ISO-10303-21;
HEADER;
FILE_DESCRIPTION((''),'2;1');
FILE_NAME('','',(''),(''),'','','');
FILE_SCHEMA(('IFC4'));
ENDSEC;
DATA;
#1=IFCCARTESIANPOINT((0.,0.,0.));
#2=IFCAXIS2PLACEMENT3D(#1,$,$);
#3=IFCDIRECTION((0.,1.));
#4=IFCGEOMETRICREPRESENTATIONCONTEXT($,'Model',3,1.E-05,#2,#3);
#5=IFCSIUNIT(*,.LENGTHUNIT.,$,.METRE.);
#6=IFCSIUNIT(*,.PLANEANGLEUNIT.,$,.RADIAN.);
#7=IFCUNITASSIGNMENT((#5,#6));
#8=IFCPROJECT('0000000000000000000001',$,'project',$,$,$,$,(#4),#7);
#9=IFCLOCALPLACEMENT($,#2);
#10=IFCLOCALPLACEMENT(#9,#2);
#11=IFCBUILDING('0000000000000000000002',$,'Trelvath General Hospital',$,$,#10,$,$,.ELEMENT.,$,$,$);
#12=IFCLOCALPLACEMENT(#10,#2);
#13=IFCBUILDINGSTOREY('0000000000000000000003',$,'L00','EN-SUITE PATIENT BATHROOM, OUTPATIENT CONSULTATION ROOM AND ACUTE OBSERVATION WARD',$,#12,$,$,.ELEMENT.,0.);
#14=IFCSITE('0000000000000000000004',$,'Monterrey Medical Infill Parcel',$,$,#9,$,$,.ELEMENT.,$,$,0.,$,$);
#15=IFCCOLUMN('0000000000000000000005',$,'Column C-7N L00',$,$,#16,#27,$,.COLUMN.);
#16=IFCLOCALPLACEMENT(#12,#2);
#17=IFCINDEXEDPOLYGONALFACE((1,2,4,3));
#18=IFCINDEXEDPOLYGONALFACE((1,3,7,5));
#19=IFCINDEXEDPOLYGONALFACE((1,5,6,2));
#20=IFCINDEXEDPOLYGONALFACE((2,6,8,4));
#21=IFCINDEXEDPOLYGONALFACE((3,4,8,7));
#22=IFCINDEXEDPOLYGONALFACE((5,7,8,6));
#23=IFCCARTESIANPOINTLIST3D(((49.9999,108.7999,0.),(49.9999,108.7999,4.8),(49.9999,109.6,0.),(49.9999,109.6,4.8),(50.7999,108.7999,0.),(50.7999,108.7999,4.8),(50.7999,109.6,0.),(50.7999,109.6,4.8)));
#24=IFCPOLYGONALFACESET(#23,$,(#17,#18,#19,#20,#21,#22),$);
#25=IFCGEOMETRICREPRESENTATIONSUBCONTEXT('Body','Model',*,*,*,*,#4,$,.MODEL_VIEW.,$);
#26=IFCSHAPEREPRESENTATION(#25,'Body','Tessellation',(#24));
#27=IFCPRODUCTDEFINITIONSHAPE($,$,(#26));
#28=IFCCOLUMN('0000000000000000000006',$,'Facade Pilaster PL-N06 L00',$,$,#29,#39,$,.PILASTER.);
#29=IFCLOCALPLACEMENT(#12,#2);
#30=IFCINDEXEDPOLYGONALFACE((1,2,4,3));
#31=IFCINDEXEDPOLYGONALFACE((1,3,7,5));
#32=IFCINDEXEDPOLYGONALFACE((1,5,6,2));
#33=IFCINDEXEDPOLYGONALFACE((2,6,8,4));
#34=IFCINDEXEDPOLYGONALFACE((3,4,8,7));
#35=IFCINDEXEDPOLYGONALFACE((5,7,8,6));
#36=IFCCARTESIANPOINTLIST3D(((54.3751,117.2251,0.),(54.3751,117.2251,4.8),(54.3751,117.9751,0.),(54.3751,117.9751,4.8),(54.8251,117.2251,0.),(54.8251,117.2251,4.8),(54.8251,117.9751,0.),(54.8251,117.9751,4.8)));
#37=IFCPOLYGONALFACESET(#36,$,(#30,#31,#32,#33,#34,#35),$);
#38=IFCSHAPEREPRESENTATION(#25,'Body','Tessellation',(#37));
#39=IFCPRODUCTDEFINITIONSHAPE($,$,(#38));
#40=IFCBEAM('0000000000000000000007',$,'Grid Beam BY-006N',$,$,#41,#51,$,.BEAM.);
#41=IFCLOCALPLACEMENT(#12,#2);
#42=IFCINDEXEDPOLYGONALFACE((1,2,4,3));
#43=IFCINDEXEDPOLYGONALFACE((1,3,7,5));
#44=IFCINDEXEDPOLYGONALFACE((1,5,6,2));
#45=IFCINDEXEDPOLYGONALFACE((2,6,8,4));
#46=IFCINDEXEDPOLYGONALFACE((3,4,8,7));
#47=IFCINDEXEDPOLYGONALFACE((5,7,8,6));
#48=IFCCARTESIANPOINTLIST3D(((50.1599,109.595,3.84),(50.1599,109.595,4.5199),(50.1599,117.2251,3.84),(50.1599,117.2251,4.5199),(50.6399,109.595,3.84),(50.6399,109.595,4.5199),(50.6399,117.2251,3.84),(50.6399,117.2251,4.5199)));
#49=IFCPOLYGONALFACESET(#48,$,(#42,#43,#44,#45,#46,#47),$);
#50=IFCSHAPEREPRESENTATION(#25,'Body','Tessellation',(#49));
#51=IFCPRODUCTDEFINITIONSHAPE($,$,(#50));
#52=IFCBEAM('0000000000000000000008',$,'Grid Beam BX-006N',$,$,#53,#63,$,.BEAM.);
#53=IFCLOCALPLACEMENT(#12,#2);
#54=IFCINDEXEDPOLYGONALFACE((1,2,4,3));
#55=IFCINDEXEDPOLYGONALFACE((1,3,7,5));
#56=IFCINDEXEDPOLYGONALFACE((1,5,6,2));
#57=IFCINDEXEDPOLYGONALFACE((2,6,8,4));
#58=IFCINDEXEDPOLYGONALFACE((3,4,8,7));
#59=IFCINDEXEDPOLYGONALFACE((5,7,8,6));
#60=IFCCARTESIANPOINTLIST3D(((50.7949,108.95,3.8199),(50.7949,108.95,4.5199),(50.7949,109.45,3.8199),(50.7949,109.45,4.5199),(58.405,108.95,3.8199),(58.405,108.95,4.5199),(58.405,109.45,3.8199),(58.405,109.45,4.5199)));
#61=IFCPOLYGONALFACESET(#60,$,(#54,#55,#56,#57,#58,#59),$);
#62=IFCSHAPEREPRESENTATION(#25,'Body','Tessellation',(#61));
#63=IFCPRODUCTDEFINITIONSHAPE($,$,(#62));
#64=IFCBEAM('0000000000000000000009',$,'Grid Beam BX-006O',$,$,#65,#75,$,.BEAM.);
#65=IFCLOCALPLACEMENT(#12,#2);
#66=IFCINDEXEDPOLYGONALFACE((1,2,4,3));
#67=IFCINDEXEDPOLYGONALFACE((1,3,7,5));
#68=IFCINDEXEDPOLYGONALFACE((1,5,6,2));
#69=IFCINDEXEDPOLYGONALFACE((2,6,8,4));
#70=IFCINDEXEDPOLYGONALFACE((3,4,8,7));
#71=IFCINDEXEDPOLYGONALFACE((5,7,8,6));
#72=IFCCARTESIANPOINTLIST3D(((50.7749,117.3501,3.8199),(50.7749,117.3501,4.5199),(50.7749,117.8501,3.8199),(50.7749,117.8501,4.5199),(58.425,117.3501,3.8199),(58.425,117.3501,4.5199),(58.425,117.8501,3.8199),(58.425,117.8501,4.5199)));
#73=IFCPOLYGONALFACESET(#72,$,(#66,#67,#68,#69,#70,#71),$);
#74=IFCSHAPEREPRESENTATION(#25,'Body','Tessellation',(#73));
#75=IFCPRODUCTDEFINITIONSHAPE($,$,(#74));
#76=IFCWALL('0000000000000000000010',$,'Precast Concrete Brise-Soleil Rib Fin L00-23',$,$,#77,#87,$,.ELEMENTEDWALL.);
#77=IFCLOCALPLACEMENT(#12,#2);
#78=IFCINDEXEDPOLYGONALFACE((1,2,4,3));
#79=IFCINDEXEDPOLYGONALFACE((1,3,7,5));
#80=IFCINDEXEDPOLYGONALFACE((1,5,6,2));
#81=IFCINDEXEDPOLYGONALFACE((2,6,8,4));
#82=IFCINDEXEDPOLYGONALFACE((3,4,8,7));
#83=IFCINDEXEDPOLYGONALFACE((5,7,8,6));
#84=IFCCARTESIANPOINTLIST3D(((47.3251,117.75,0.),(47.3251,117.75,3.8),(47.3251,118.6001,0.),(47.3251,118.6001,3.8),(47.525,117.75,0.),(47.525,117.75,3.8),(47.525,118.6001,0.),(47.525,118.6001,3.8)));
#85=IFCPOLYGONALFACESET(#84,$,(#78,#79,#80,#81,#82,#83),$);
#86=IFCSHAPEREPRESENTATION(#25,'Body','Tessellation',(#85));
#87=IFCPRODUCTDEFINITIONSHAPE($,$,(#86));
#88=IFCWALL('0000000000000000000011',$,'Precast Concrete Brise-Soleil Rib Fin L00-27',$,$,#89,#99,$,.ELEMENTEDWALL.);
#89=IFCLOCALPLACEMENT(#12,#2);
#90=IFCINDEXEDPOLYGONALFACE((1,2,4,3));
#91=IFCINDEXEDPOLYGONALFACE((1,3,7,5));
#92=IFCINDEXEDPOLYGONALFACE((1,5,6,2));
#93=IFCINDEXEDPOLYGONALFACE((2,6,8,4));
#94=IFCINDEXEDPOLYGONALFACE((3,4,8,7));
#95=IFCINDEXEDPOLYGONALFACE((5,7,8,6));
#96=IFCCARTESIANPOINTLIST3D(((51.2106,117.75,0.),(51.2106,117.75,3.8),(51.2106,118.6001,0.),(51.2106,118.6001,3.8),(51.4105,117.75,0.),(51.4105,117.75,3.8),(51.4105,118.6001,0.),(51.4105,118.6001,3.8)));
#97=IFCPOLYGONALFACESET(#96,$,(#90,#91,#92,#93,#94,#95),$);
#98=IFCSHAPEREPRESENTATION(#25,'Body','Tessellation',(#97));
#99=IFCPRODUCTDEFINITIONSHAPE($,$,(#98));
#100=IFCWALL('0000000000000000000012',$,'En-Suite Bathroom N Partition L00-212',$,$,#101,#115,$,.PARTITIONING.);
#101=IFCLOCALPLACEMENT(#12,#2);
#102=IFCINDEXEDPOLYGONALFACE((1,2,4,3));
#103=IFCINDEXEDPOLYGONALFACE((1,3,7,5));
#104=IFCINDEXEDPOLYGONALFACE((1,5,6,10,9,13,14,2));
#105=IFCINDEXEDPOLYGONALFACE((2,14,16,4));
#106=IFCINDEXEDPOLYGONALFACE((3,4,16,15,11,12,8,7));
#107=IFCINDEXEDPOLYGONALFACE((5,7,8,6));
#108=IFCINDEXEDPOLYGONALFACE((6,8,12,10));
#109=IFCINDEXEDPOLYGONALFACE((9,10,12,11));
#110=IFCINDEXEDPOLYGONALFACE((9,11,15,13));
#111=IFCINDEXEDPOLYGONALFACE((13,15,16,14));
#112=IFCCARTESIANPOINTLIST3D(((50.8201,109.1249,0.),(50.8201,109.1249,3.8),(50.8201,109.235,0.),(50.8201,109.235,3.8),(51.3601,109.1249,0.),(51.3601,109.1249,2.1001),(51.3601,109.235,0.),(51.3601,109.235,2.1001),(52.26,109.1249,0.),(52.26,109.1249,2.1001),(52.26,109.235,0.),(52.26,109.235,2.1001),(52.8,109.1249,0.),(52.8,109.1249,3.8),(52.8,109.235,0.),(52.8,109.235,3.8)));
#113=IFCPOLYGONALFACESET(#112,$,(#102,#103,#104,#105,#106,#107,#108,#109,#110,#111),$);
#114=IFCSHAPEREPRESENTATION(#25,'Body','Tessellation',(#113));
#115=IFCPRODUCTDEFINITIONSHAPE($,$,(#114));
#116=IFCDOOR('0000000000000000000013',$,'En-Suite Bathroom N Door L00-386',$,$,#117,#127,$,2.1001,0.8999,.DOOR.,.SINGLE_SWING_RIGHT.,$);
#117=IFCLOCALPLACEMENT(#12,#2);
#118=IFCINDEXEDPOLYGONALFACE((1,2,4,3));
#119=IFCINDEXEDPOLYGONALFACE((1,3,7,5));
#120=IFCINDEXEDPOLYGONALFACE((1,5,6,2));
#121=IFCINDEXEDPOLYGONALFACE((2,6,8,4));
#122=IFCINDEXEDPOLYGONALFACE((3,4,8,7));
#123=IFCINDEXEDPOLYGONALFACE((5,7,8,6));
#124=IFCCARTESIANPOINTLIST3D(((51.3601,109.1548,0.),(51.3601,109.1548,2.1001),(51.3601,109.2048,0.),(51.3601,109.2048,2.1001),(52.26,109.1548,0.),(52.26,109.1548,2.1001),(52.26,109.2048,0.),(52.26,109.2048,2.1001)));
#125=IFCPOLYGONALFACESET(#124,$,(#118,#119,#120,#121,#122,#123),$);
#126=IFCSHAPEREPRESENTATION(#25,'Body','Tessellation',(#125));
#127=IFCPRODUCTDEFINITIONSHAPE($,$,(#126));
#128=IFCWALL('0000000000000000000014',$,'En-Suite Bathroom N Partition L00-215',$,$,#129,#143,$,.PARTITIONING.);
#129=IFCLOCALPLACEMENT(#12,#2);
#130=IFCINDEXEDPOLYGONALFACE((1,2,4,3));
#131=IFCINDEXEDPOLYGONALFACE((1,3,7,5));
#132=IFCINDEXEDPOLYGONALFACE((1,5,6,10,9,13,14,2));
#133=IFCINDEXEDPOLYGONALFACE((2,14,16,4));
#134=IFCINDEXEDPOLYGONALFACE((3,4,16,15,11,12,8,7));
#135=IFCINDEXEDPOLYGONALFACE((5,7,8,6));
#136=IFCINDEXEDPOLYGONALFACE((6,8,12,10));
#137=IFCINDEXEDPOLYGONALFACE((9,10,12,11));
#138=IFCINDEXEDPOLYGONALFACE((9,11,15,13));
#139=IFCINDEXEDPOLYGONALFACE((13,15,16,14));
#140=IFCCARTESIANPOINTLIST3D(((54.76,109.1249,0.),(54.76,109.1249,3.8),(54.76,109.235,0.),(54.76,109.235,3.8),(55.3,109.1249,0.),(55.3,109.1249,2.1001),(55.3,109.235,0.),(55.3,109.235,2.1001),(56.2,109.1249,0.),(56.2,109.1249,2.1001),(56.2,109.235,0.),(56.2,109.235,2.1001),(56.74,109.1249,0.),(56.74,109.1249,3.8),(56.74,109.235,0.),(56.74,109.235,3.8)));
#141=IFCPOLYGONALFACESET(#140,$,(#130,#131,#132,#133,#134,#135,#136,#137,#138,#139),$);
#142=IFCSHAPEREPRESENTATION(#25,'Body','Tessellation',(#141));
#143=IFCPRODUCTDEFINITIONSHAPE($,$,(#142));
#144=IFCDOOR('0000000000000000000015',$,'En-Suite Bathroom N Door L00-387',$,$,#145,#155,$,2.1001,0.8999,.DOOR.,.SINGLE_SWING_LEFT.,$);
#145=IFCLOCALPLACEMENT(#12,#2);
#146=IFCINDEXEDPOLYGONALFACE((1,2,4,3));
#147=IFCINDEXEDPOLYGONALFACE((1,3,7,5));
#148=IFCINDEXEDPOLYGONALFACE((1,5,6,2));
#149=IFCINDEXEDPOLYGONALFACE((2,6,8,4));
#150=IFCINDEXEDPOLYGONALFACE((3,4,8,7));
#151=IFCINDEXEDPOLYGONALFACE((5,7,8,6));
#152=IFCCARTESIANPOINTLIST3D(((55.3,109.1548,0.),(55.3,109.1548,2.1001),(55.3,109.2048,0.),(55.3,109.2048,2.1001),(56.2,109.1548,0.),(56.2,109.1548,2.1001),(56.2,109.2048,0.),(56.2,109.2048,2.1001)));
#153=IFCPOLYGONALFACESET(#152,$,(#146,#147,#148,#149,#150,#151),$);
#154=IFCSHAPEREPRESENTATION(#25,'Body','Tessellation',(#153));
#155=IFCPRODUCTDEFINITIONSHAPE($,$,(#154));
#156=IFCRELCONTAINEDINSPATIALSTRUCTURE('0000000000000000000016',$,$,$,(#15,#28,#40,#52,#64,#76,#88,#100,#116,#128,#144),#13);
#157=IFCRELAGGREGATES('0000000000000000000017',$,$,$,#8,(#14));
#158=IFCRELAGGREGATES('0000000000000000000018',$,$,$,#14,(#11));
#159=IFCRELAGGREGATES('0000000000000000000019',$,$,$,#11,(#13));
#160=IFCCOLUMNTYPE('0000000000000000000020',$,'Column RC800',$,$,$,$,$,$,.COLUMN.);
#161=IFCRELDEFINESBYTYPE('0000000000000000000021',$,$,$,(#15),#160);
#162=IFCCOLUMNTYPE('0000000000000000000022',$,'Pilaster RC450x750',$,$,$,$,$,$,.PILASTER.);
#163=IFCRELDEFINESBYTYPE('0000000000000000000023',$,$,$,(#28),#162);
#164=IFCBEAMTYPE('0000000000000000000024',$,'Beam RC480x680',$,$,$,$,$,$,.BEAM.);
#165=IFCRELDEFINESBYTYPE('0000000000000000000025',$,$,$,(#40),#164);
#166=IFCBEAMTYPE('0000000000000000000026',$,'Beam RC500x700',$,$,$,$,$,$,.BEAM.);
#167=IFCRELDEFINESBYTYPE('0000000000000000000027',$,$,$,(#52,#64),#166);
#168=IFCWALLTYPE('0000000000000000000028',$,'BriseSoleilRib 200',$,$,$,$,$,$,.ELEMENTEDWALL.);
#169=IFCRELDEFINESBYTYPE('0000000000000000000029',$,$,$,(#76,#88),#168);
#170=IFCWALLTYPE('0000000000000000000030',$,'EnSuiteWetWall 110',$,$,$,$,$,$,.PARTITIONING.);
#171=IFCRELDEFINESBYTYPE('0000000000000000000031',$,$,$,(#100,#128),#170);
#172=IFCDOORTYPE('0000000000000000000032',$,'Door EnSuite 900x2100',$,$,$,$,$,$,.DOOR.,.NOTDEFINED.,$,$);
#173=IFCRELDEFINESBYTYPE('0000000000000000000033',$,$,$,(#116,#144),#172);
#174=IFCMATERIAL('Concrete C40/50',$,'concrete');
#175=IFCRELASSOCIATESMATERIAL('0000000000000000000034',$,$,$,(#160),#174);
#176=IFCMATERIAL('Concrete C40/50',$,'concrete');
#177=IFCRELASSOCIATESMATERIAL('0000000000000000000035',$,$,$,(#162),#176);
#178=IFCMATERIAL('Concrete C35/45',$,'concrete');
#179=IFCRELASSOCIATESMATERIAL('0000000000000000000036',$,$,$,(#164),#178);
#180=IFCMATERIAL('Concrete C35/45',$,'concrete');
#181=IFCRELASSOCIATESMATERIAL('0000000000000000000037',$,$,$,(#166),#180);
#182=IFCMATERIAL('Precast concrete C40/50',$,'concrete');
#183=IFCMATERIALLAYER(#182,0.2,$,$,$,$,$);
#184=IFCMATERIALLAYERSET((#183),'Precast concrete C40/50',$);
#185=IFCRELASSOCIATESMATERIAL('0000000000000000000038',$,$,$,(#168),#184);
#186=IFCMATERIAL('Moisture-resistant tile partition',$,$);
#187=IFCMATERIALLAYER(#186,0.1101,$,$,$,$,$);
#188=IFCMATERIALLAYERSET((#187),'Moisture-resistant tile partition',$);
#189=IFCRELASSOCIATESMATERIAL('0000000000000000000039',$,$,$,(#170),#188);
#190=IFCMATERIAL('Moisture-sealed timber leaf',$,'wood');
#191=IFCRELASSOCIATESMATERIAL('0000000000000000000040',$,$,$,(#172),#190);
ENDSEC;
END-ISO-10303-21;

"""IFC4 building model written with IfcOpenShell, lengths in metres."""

from ifc_helpers import new_model, si_unit, direction, frame, frame_2d, origin, origin_2d, place, context, subcontext, project, spatial, rectangle, extrude, material, layer, layer_set, material_profile, profile_set, type_object, element, fill, save


model = new_model("IFC4")

# Units and contexts
model_context = context("Model", 3, precision=1e-05, world=origin(), true_north=direction((0.0, 1.0)))
body_context = subcontext(model_context, "Body", "Model", "MODEL_VIEW")
ifc_project = project(units=[si_unit("LENGTHUNIT", "METRE"), si_unit("PLANEANGLEUNIT", "RADIAN")], contexts=[model_context])

# Site, building, storey
site_placement = place(None, origin())
site = spatial("IfcSite", under=ifc_project, at=site_placement, Name="Monterrey Medical Infill Parcel", CompositionType="ELEMENT", RefElevation=0.0)
building_placement = place(site_placement, origin())
building = spatial("IfcBuilding", under=site, at=building_placement, Name="Trelvath General Hospital", CompositionType="ELEMENT")
storey_placement = place(building_placement, origin())
storey = spatial("IfcBuildingStorey", under=building, at=storey_placement, Name="L00", Description="EN-SUITE PATIENT BATHROOM, OUTPATIENT CONSULTATION ROOM AND ACUTE OBSERVATION WARD", CompositionType="ELEMENT", Elevation=0.0)

# Columns
ifc_material_1 = material(Name="Concrete C40/50", Category="concrete")
ifc_material_profile_1 = material_profile(ifc_material_1, rectangle(XDim=0.8, YDim=0.8, at=origin_2d()), Name="RC800x800")
ifc_profile_set_1 = profile_set([ifc_material_profile_1], Name="Concrete C40/50")
column_type_1 = type_object("IfcColumnType", Name="Column RC800", PredefinedType="COLUMN", material=ifc_profile_set_1)
column_1_placement = place(storey_placement, frame((50.3999, 109.2, 0.0), z_axis=(0.0, 0.0, 1.0), x_axis=(1.0, 0.0, 0.0)))
element("IfcColumn", 1, at=column_1_placement, inside=storey, type_object=column_type_1, Name="Column C-7N L00", PredefinedType="COLUMN", context=body_context, shape_type="SweptSolid", body=[
    extrude(rectangle(XDim=0.8, YDim=0.8, at=origin_2d()), origin(), (0.0, 0.0, 1.0), 4.8),
])
ifc_material_2 = material(Name="Concrete C40/50", Category="concrete")
ifc_material_profile_2 = material_profile(ifc_material_2, rectangle(XDim=0.45, YDim=0.75, at=origin_2d()), Name="RC450x750")
ifc_profile_set_2 = profile_set([ifc_material_profile_2], Name="Concrete C40/50")
column_type_2 = type_object("IfcColumnType", Name="Pilaster RC450x750", PredefinedType="PILASTER", material=ifc_profile_set_2)
column_2_placement = place(storey_placement, frame((54.6001, 117.6001, 0.0), z_axis=(0.0, 0.0, 1.0), x_axis=(1.0, 0.0, 0.0)))
element("IfcColumn", 2, at=column_2_placement, inside=storey, type_object=column_type_2, Name="Facade Pilaster PL-N06 L00", PredefinedType="PILASTER", context=body_context, shape_type="SweptSolid", body=[
    extrude(rectangle(XDim=0.45, YDim=0.75, at=origin_2d()), origin(), (0.0, 0.0, 1.0), 4.8),
])

# Beams
ifc_material_3 = material(Name="Concrete C35/45", Category="concrete")
ifc_material_profile_3 = material_profile(ifc_material_3, rectangle(XDim=0.48, YDim=0.6799, at=origin_2d()), Name="RCB480x680")
ifc_profile_set_3 = profile_set([ifc_material_profile_3], Name="Concrete C35/45")
beam_type_1 = type_object("IfcBeamType", Name="Beam RC480x680", PredefinedType="BEAM", material=ifc_profile_set_3)
beam_1_placement = place(storey_placement, frame((50.3999, 109.595, 4.1799), z_axis=(0.0, 1.0, 0.0), x_axis=(-1.0, 0.0, 0.0)))
element("IfcBeam", 3, at=beam_1_placement, inside=storey, type_object=beam_type_1, Name="Grid Beam BY-006N", PredefinedType="BEAM", context=body_context, shape_type="SweptSolid", body=[
    extrude(rectangle(XDim=0.48, YDim=0.6799, at=origin_2d()), origin(), (0.0, 0.0, 1.0), 7.6301),
])
ifc_material_4 = material(Name="Concrete C35/45", Category="concrete")
ifc_material_profile_4 = material_profile(ifc_material_4, rectangle(XDim=0.5, YDim=0.7, at=origin_2d()), Name="RCB500x700")
ifc_profile_set_4 = profile_set([ifc_material_profile_4], Name="Concrete C35/45")
beam_type_2 = type_object("IfcBeamType", Name="Beam RC500x700", PredefinedType="BEAM", material=ifc_profile_set_4)
beam_2_placement = place(storey_placement, frame((50.7949, 109.2, 4.1699), z_axis=(1.0, 0.0, 0.0), x_axis=(0.0, 1.0, 0.0)))
element("IfcBeam", 4, at=beam_2_placement, inside=storey, type_object=beam_type_2, Name="Grid Beam BX-006N", PredefinedType="BEAM", context=body_context, shape_type="SweptSolid", body=[
    extrude(rectangle(XDim=0.5, YDim=0.7, at=origin_2d()), origin(), (0.0, 0.0, 1.0), 7.6101),
])
beam_3_placement = place(storey_placement, frame((50.7749, 117.6001, 4.1699), z_axis=(1.0, 0.0, 0.0), x_axis=(0.0, 1.0, 0.0)))
element("IfcBeam", 5, at=beam_3_placement, inside=storey, type_object=beam_type_2, Name="Grid Beam BX-006O", PredefinedType="BEAM", context=body_context, shape_type="SweptSolid", body=[
    extrude(rectangle(XDim=0.5, YDim=0.7, at=origin_2d()), origin(), (0.0, 0.0, 1.0), 7.6501),
])

# Walls
ifc_material_5 = material(Name="Precast concrete C40/50", Category="concrete")
ifc_layer_1 = layer(ifc_material_5, 0.2)
ifc_layer_set_1 = layer_set([ifc_layer_1], Name="Precast concrete C40/50")
wall_type_1 = type_object("IfcWallType", Name="BriseSoleilRib 200", PredefinedType="ELEMENTEDWALL", material=ifc_layer_set_1)
for number, where, z_axis, x_axis, name in (
    (6, (47.425, 117.75, 0.0), (0.0, 0.0, 1.0), (0.0, 1.0, 0.0), "Precast Concrete Brise-Soleil Rib Fin L00-23"),
    (7, (51.3105, 117.75, 0.0), (0.0, 0.0, 1.0), (0.0, 1.0, 0.0), "Precast Concrete Brise-Soleil Rib Fin L00-27"),
):
    element("IfcWall", number, at=place(storey_placement, frame(where, z_axis=z_axis, x_axis=x_axis)), inside=storey, type_object=wall_type_1, Name=name, PredefinedType="ELEMENTEDWALL", context=body_context, shape_type="SweptSolid", body=[
        extrude(rectangle(XDim=0.8501, YDim=0.2, at=frame_2d((0.425, 0.0))), origin(), (0.0, 0.0, 1.0), 3.8),
    ])

# Walls, openings, doors
ifc_material_6 = material(Name="Moisture-resistant tile partition")
ifc_layer_2 = layer(ifc_material_6, 0.1101)
ifc_layer_set_2 = layer_set([ifc_layer_2], Name="Moisture-resistant tile partition")
wall_type_2 = type_object("IfcWallType", Name="EnSuiteWetWall 110", PredefinedType="PARTITIONING", material=ifc_layer_set_2)
wall_1_placement = place(storey_placement, frame((50.8201, 109.1799, 0.0), z_axis=(0.0, 0.0, 1.0), x_axis=(1.0, 0.0, 0.0)))
wall_1 = element("IfcWall", 8, at=wall_1_placement, inside=storey, type_object=wall_type_2, Name="En-Suite Bathroom N Partition L00-212", PredefinedType="PARTITIONING", context=body_context, shape_type="SweptSolid", body=[
    extrude(rectangle(XDim=1.98, YDim=0.1101, at=frame_2d((0.99, 0.0))), origin(), (0.0, 0.0, 1.0), 3.8),
])
opening_1_placement = place(wall_1_placement, frame((0.54, 0.0, 0.0)))
opening_1 = element("IfcOpeningElement", 9, at=opening_1_placement, cuts=wall_1, PredefinedType="OPENING", context=body_context, shape_type="SweptSolid", body=[
    extrude(rectangle(XDim=0.8999, YDim=2.1001, at=frame_2d((0.45, 1.05))), frame((0.0, 0.0649, 0.0), z_axis=(0.0, -1.0, 0.0), x_axis=(1.0, 0.0, 0.0)), (0.0, 0.0, 1.0), 0.1301),
])
ifc_material_7 = material(Name="Moisture-sealed timber leaf", Category="wood")
door_type_1 = type_object("IfcDoorType", Name="Door EnSuite 900x2100", OperationType="NOTDEFINED", PredefinedType="DOOR", material=ifc_material_7)
door_1_placement = place(opening_1_placement, origin())
door_1 = element("IfcDoor", 10, at=door_1_placement, inside=storey, type_object=door_type_1, Name="En-Suite Bathroom N Door L00-386", OperationType="SINGLE_SWING_RIGHT", OverallHeight=2.1001, OverallWidth=0.8999, PredefinedType="DOOR", context=body_context, shape_type="SweptSolid", body=[
    extrude(rectangle(XDim=0.8999, YDim=2.1001, at=frame_2d((0.45, 1.05))), frame((0.0, 0.0249, 0.0), z_axis=(0.0, -1.0, 0.0), x_axis=(1.0, 0.0, 0.0)), (0.0, 0.0, 1.0), 0.05),
])
fill(opening_1, door_1)
wall_2_placement = place(storey_placement, frame((54.76, 109.1799, 0.0), z_axis=(0.0, 0.0, 1.0), x_axis=(1.0, 0.0, 0.0)))
wall_2 = element("IfcWall", 11, at=wall_2_placement, inside=storey, type_object=wall_type_2, Name="En-Suite Bathroom N Partition L00-215", PredefinedType="PARTITIONING", context=body_context, shape_type="SweptSolid", body=[
    extrude(rectangle(XDim=1.98, YDim=0.1101, at=frame_2d((0.99, 0.0))), origin(), (0.0, 0.0, 1.0), 3.8),
])
opening_2_placement = place(wall_2_placement, frame((0.54, 0.0, 0.0)))
opening_2 = element("IfcOpeningElement", 12, at=opening_2_placement, cuts=wall_2, PredefinedType="OPENING", context=body_context, shape_type="SweptSolid", body=[
    extrude(rectangle(XDim=0.8999, YDim=2.1001, at=frame_2d((0.45, 1.05))), frame((0.0, 0.0649, 0.0), z_axis=(0.0, -1.0, 0.0), x_axis=(1.0, 0.0, 0.0)), (0.0, 0.0, 1.0), 0.1301),
])
door_2_placement = place(opening_2_placement, origin())
door_2 = element("IfcDoor", 13, at=door_2_placement, inside=storey, type_object=door_type_1, Name="En-Suite Bathroom N Door L00-387", OperationType="SINGLE_SWING_LEFT", OverallHeight=2.1001, OverallWidth=0.8999, PredefinedType="DOOR", context=body_context, shape_type="SweptSolid", body=[
    extrude(rectangle(XDim=0.8999, YDim=2.1001, at=frame_2d((0.45, 1.05))), frame((0.0, 0.0249, 0.0), z_axis=(0.0, -1.0, 0.0), x_axis=(1.0, 0.0, 0.0)), (0.0, 0.0, 1.0), 0.05),
])
fill(opening_2, door_2)

save(model, "model.ifc")
